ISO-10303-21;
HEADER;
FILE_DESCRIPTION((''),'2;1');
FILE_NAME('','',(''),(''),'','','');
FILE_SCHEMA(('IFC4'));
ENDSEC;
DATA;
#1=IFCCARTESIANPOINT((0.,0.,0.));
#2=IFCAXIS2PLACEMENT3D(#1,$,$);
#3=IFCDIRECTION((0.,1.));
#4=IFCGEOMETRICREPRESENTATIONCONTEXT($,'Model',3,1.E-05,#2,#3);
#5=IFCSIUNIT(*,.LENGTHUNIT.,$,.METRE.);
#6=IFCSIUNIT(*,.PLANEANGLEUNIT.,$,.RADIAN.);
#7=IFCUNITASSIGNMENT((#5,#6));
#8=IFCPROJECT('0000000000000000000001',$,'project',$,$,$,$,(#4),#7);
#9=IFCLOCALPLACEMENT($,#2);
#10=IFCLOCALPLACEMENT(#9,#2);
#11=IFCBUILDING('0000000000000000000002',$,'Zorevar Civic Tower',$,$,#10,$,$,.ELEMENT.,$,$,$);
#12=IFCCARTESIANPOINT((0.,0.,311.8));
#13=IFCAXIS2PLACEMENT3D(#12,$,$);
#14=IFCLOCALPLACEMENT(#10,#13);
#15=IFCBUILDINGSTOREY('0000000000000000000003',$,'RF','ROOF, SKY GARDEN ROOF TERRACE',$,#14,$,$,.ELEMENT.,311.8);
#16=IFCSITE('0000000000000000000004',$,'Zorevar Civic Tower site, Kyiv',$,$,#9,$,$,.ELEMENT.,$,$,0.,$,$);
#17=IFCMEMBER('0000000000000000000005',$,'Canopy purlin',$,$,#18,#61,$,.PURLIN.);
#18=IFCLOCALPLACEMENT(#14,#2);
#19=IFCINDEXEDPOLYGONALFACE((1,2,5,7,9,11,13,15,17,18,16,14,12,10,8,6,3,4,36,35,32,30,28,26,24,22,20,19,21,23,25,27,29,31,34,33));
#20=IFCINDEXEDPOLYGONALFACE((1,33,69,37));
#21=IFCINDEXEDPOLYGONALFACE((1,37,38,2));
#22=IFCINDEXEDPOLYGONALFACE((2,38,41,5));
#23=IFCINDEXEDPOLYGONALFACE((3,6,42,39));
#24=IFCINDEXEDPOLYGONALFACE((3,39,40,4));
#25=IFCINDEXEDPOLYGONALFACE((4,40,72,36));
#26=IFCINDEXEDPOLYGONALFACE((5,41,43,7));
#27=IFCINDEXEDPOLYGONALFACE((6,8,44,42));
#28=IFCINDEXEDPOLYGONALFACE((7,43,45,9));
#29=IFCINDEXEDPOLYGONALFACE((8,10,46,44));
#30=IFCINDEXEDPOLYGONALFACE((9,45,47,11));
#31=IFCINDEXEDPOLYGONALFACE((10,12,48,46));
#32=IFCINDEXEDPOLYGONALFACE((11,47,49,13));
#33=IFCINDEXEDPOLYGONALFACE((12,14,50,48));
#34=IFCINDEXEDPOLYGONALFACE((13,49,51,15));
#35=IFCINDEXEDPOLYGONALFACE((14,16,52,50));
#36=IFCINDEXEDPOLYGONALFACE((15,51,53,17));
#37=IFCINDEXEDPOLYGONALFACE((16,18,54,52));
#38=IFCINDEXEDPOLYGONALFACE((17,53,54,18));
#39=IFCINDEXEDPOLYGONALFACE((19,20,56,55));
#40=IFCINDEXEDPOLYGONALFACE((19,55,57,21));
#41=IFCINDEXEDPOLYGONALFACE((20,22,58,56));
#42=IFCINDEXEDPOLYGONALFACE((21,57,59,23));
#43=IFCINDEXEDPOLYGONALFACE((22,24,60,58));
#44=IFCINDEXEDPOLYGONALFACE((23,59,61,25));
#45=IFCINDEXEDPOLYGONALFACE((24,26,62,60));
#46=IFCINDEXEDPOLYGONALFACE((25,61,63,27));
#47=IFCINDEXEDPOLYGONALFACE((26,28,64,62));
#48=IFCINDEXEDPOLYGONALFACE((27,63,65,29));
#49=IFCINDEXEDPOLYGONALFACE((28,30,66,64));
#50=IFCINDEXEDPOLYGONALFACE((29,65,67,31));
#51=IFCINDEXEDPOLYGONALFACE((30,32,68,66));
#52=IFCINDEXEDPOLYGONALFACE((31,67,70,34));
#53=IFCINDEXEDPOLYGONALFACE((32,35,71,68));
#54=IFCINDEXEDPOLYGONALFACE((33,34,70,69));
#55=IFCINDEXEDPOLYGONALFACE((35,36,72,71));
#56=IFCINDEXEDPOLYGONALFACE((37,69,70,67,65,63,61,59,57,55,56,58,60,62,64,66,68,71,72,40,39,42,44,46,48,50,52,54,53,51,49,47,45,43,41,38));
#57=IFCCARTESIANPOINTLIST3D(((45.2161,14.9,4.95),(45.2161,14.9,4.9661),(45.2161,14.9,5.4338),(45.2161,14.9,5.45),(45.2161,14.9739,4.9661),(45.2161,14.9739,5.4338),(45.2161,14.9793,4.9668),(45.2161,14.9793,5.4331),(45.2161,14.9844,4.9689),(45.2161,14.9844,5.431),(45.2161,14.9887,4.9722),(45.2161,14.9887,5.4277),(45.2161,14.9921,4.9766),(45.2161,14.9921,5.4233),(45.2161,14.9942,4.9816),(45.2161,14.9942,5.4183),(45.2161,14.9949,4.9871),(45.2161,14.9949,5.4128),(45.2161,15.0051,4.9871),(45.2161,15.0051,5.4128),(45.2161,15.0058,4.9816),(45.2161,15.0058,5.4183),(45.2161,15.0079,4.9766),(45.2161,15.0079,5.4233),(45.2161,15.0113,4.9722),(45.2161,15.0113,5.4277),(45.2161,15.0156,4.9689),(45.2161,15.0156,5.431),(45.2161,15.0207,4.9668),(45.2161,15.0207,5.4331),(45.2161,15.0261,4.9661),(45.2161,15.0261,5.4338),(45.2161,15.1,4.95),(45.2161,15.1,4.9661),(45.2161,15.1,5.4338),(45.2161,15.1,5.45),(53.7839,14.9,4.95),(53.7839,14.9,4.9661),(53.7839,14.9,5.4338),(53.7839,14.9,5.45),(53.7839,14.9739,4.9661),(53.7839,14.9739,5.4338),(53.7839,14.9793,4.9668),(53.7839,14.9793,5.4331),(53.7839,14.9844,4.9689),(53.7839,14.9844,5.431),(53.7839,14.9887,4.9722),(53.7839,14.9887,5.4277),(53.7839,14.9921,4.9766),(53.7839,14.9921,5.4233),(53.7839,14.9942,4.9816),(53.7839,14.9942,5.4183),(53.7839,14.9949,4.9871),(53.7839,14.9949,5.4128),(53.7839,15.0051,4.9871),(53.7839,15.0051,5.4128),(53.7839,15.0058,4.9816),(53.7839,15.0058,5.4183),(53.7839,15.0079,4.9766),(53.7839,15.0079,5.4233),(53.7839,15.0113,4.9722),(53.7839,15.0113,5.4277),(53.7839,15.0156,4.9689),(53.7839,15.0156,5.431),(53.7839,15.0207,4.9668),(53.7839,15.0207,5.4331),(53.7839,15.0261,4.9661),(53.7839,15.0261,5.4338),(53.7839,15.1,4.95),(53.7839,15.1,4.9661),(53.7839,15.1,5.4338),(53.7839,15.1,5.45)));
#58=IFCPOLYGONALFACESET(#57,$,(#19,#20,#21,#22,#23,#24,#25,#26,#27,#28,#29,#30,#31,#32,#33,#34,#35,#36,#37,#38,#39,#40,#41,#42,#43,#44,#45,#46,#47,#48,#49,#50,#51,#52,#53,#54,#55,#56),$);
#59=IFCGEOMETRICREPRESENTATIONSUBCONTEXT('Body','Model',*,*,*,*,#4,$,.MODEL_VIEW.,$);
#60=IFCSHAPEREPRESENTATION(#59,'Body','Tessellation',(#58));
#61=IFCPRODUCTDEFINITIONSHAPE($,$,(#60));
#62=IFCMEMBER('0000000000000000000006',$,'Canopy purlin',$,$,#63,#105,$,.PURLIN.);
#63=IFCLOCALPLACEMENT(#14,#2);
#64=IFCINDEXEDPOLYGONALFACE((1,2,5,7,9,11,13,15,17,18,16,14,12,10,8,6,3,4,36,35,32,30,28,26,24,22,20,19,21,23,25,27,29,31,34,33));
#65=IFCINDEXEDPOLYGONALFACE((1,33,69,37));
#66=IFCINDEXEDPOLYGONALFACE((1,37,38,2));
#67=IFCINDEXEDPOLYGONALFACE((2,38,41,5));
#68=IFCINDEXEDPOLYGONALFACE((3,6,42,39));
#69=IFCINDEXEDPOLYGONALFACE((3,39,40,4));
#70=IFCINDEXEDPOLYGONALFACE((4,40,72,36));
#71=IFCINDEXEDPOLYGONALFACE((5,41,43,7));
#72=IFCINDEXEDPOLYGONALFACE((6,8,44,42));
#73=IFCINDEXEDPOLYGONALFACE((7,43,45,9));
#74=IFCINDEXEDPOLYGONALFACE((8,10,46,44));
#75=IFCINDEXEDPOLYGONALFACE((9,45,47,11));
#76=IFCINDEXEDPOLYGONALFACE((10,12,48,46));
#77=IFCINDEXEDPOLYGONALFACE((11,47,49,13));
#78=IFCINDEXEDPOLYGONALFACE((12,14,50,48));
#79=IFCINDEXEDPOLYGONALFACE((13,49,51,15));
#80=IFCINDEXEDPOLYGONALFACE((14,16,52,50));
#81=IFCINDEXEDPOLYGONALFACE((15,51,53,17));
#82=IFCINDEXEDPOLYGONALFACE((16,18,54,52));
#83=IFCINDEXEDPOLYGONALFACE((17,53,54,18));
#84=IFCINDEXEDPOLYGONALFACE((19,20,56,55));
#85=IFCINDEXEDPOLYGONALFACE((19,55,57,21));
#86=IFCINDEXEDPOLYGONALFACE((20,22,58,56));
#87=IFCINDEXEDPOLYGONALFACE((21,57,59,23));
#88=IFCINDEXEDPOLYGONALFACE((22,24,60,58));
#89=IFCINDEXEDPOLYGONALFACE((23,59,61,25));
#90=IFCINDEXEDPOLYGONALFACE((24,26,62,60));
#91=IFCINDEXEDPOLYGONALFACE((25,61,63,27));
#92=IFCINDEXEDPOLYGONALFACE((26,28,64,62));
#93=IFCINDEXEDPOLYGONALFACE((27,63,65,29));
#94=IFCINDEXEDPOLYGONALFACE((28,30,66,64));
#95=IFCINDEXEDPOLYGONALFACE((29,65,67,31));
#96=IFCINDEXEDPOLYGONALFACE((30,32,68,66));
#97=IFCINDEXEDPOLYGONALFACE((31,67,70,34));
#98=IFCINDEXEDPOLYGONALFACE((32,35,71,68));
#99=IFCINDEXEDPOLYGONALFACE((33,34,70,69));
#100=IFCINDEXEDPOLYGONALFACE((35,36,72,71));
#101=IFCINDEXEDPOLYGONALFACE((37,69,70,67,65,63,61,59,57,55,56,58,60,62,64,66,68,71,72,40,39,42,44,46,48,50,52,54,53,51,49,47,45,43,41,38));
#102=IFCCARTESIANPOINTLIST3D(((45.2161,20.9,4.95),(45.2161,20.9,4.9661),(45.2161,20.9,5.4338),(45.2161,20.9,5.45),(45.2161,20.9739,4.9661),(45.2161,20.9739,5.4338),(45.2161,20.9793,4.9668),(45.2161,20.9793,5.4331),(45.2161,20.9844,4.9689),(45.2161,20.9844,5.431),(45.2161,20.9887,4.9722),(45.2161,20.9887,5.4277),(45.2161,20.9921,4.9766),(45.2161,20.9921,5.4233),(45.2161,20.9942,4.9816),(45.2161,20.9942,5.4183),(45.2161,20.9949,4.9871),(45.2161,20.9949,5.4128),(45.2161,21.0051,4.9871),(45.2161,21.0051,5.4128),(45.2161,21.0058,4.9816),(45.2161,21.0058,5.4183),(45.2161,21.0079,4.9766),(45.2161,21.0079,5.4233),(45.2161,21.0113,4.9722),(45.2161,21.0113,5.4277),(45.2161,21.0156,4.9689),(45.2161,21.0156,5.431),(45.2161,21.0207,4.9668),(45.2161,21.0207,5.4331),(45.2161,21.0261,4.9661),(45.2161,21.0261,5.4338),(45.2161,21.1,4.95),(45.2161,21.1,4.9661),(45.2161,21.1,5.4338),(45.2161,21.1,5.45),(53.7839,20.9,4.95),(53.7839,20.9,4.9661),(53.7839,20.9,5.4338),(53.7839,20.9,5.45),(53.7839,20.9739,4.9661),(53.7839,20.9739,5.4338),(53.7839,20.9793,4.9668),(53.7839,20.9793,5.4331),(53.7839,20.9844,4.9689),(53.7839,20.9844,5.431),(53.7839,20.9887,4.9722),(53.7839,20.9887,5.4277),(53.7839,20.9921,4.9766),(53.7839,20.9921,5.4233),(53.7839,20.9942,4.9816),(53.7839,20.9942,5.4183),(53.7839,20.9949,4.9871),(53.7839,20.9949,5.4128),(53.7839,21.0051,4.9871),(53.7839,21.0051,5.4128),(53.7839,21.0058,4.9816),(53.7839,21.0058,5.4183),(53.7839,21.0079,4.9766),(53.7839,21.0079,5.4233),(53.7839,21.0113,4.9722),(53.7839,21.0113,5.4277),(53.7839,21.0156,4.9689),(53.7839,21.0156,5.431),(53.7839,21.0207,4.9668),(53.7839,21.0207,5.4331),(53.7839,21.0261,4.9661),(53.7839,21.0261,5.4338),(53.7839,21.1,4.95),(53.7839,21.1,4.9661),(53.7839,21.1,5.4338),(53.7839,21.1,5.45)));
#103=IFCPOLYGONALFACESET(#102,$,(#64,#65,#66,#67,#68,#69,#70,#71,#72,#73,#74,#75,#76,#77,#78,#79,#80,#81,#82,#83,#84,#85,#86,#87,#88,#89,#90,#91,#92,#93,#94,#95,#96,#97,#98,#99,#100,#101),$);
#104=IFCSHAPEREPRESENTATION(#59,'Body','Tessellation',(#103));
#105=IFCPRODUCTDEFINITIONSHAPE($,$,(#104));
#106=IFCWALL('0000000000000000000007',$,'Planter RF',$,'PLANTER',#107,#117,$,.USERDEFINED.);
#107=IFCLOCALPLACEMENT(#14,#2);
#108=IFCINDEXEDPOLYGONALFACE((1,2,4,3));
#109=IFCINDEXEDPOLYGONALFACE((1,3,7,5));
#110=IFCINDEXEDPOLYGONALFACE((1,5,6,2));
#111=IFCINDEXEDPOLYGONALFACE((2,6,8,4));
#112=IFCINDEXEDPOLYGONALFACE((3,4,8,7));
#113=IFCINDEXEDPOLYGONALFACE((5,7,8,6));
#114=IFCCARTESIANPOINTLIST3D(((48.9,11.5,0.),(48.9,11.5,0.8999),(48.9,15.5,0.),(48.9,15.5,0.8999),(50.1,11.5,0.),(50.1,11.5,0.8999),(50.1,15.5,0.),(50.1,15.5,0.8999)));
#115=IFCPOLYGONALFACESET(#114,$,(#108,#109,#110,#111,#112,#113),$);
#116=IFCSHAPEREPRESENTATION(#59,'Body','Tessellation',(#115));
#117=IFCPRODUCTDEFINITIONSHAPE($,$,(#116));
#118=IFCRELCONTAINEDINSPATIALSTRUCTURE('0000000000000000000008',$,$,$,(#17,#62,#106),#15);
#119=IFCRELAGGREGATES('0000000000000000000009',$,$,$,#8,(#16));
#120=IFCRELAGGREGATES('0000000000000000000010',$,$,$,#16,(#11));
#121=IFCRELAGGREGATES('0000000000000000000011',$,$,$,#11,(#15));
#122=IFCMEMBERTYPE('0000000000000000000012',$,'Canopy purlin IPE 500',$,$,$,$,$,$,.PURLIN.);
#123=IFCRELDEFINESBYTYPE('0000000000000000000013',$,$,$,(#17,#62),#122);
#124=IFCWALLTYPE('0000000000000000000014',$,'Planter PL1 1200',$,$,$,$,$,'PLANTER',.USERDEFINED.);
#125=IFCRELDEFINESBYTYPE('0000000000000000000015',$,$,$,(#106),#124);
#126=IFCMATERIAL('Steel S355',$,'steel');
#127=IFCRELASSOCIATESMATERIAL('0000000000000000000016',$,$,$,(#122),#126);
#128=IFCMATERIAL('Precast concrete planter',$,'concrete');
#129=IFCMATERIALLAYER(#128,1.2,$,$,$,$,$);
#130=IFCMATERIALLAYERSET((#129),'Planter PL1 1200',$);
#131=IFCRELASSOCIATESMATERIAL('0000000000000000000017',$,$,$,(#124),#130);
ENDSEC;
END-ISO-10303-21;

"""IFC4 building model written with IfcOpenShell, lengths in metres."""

from ifc_helpers import new_model, si_unit, direction, frame, frame_2d, origin, origin_2d, place, context, subcontext, project, spatial, rectangle, i_section, extrude, material, layer, layer_set, material_profile, profile_set, type_object, element, save


model = new_model("IFC4")

# Units and contexts
model_context = context("Model", 3, precision=1e-05, world=origin(), true_north=direction((0.0, 1.0)))
body_context = subcontext(model_context, "Body", "Model", "MODEL_VIEW")
ifc_project = project(units=[si_unit("LENGTHUNIT", "METRE"), si_unit("PLANEANGLEUNIT", "RADIAN")], contexts=[model_context])

# Site, building, storey
site_placement = place(None, origin())
site = spatial("IfcSite", under=ifc_project, at=site_placement, Name="Zorevar Civic Tower site, Kyiv", CompositionType="ELEMENT", RefElevation=0.0)
building_placement = place(site_placement, origin())
building = spatial("IfcBuilding", under=site, at=building_placement, Name="Zorevar Civic Tower", CompositionType="ELEMENT")
storey_placement = place(building_placement, frame((0.0, 0.0, 311.8)))
storey = spatial("IfcBuildingStorey", under=building, at=storey_placement, Name="RF", Description="ROOF, SKY GARDEN ROOF TERRACE", CompositionType="ELEMENT", Elevation=311.8)

# Members
ifc_material_1 = material(Name="Steel S355", Category="steel")
ifc_material_profile_1 = material_profile(ifc_material_1, i_section(OverallWidth=0.2, OverallDepth=0.5, WebThickness=0.0103, FlangeThickness=0.0161, FilletRadius=0.021, at=origin_2d()), Name="IPE 500")
ifc_profile_set_1 = profile_set([ifc_material_profile_1], Name="Steel S355")
member_type_1 = type_object("IfcMemberType", Name="Canopy purlin IPE 500", PredefinedType="PURLIN", material=ifc_profile_set_1)
for number, where, z_axis, x_axis, name in (
    (1, (45.2161, 15.0, 5.2), (1.0, 0.0, 0.0), (0.0, 1.0, 0.0), "Canopy purlin"),
    (2, (45.2161, 21.0, 5.2), (1.0, 0.0, 0.0), (0.0, 1.0, 0.0), "Canopy purlin"),
):
    element("IfcMember", number, at=place(storey_placement, frame(where, z_axis=z_axis, x_axis=x_axis)), inside=storey, type_object=member_type_1, Name=name, PredefinedType="PURLIN", context=body_context, shape_type="SweptSolid", body=[
        extrude(i_section(OverallWidth=0.2, OverallDepth=0.5, WebThickness=0.0103, FlangeThickness=0.0161, FilletRadius=0.021, at=origin_2d()), origin(), (0.0, 0.0, 1.0), 8.5679),
    ])

# Wall
ifc_material_2 = material(Name="Precast concrete planter", Category="concrete")
ifc_layer_1 = layer(ifc_material_2, 1.2)
ifc_layer_set_1 = layer_set([ifc_layer_1], Name="Planter PL1 1200")
wall_type_1 = type_object("IfcWallType", Name="Planter PL1 1200", ElementType="PLANTER", PredefinedType="USERDEFINED", material=ifc_layer_set_1)
wall_1_placement = place(storey_placement, frame((49.5, 11.5, 0.0), z_axis=(0.0, 0.0, 1.0), x_axis=(0.0, 1.0, 0.0)))
element("IfcWall", 3, at=wall_1_placement, inside=storey, type_object=wall_type_1, Name="Planter RF", ObjectType="PLANTER", PredefinedType="USERDEFINED", context=body_context, shape_type="SweptSolid", body=[
    extrude(rectangle(XDim=4.0, YDim=1.2, at=frame_2d((2.0, 0.0))), origin(), (0.0, 0.0, 1.0), 0.8999),
])

save(model, "model.ifc")
